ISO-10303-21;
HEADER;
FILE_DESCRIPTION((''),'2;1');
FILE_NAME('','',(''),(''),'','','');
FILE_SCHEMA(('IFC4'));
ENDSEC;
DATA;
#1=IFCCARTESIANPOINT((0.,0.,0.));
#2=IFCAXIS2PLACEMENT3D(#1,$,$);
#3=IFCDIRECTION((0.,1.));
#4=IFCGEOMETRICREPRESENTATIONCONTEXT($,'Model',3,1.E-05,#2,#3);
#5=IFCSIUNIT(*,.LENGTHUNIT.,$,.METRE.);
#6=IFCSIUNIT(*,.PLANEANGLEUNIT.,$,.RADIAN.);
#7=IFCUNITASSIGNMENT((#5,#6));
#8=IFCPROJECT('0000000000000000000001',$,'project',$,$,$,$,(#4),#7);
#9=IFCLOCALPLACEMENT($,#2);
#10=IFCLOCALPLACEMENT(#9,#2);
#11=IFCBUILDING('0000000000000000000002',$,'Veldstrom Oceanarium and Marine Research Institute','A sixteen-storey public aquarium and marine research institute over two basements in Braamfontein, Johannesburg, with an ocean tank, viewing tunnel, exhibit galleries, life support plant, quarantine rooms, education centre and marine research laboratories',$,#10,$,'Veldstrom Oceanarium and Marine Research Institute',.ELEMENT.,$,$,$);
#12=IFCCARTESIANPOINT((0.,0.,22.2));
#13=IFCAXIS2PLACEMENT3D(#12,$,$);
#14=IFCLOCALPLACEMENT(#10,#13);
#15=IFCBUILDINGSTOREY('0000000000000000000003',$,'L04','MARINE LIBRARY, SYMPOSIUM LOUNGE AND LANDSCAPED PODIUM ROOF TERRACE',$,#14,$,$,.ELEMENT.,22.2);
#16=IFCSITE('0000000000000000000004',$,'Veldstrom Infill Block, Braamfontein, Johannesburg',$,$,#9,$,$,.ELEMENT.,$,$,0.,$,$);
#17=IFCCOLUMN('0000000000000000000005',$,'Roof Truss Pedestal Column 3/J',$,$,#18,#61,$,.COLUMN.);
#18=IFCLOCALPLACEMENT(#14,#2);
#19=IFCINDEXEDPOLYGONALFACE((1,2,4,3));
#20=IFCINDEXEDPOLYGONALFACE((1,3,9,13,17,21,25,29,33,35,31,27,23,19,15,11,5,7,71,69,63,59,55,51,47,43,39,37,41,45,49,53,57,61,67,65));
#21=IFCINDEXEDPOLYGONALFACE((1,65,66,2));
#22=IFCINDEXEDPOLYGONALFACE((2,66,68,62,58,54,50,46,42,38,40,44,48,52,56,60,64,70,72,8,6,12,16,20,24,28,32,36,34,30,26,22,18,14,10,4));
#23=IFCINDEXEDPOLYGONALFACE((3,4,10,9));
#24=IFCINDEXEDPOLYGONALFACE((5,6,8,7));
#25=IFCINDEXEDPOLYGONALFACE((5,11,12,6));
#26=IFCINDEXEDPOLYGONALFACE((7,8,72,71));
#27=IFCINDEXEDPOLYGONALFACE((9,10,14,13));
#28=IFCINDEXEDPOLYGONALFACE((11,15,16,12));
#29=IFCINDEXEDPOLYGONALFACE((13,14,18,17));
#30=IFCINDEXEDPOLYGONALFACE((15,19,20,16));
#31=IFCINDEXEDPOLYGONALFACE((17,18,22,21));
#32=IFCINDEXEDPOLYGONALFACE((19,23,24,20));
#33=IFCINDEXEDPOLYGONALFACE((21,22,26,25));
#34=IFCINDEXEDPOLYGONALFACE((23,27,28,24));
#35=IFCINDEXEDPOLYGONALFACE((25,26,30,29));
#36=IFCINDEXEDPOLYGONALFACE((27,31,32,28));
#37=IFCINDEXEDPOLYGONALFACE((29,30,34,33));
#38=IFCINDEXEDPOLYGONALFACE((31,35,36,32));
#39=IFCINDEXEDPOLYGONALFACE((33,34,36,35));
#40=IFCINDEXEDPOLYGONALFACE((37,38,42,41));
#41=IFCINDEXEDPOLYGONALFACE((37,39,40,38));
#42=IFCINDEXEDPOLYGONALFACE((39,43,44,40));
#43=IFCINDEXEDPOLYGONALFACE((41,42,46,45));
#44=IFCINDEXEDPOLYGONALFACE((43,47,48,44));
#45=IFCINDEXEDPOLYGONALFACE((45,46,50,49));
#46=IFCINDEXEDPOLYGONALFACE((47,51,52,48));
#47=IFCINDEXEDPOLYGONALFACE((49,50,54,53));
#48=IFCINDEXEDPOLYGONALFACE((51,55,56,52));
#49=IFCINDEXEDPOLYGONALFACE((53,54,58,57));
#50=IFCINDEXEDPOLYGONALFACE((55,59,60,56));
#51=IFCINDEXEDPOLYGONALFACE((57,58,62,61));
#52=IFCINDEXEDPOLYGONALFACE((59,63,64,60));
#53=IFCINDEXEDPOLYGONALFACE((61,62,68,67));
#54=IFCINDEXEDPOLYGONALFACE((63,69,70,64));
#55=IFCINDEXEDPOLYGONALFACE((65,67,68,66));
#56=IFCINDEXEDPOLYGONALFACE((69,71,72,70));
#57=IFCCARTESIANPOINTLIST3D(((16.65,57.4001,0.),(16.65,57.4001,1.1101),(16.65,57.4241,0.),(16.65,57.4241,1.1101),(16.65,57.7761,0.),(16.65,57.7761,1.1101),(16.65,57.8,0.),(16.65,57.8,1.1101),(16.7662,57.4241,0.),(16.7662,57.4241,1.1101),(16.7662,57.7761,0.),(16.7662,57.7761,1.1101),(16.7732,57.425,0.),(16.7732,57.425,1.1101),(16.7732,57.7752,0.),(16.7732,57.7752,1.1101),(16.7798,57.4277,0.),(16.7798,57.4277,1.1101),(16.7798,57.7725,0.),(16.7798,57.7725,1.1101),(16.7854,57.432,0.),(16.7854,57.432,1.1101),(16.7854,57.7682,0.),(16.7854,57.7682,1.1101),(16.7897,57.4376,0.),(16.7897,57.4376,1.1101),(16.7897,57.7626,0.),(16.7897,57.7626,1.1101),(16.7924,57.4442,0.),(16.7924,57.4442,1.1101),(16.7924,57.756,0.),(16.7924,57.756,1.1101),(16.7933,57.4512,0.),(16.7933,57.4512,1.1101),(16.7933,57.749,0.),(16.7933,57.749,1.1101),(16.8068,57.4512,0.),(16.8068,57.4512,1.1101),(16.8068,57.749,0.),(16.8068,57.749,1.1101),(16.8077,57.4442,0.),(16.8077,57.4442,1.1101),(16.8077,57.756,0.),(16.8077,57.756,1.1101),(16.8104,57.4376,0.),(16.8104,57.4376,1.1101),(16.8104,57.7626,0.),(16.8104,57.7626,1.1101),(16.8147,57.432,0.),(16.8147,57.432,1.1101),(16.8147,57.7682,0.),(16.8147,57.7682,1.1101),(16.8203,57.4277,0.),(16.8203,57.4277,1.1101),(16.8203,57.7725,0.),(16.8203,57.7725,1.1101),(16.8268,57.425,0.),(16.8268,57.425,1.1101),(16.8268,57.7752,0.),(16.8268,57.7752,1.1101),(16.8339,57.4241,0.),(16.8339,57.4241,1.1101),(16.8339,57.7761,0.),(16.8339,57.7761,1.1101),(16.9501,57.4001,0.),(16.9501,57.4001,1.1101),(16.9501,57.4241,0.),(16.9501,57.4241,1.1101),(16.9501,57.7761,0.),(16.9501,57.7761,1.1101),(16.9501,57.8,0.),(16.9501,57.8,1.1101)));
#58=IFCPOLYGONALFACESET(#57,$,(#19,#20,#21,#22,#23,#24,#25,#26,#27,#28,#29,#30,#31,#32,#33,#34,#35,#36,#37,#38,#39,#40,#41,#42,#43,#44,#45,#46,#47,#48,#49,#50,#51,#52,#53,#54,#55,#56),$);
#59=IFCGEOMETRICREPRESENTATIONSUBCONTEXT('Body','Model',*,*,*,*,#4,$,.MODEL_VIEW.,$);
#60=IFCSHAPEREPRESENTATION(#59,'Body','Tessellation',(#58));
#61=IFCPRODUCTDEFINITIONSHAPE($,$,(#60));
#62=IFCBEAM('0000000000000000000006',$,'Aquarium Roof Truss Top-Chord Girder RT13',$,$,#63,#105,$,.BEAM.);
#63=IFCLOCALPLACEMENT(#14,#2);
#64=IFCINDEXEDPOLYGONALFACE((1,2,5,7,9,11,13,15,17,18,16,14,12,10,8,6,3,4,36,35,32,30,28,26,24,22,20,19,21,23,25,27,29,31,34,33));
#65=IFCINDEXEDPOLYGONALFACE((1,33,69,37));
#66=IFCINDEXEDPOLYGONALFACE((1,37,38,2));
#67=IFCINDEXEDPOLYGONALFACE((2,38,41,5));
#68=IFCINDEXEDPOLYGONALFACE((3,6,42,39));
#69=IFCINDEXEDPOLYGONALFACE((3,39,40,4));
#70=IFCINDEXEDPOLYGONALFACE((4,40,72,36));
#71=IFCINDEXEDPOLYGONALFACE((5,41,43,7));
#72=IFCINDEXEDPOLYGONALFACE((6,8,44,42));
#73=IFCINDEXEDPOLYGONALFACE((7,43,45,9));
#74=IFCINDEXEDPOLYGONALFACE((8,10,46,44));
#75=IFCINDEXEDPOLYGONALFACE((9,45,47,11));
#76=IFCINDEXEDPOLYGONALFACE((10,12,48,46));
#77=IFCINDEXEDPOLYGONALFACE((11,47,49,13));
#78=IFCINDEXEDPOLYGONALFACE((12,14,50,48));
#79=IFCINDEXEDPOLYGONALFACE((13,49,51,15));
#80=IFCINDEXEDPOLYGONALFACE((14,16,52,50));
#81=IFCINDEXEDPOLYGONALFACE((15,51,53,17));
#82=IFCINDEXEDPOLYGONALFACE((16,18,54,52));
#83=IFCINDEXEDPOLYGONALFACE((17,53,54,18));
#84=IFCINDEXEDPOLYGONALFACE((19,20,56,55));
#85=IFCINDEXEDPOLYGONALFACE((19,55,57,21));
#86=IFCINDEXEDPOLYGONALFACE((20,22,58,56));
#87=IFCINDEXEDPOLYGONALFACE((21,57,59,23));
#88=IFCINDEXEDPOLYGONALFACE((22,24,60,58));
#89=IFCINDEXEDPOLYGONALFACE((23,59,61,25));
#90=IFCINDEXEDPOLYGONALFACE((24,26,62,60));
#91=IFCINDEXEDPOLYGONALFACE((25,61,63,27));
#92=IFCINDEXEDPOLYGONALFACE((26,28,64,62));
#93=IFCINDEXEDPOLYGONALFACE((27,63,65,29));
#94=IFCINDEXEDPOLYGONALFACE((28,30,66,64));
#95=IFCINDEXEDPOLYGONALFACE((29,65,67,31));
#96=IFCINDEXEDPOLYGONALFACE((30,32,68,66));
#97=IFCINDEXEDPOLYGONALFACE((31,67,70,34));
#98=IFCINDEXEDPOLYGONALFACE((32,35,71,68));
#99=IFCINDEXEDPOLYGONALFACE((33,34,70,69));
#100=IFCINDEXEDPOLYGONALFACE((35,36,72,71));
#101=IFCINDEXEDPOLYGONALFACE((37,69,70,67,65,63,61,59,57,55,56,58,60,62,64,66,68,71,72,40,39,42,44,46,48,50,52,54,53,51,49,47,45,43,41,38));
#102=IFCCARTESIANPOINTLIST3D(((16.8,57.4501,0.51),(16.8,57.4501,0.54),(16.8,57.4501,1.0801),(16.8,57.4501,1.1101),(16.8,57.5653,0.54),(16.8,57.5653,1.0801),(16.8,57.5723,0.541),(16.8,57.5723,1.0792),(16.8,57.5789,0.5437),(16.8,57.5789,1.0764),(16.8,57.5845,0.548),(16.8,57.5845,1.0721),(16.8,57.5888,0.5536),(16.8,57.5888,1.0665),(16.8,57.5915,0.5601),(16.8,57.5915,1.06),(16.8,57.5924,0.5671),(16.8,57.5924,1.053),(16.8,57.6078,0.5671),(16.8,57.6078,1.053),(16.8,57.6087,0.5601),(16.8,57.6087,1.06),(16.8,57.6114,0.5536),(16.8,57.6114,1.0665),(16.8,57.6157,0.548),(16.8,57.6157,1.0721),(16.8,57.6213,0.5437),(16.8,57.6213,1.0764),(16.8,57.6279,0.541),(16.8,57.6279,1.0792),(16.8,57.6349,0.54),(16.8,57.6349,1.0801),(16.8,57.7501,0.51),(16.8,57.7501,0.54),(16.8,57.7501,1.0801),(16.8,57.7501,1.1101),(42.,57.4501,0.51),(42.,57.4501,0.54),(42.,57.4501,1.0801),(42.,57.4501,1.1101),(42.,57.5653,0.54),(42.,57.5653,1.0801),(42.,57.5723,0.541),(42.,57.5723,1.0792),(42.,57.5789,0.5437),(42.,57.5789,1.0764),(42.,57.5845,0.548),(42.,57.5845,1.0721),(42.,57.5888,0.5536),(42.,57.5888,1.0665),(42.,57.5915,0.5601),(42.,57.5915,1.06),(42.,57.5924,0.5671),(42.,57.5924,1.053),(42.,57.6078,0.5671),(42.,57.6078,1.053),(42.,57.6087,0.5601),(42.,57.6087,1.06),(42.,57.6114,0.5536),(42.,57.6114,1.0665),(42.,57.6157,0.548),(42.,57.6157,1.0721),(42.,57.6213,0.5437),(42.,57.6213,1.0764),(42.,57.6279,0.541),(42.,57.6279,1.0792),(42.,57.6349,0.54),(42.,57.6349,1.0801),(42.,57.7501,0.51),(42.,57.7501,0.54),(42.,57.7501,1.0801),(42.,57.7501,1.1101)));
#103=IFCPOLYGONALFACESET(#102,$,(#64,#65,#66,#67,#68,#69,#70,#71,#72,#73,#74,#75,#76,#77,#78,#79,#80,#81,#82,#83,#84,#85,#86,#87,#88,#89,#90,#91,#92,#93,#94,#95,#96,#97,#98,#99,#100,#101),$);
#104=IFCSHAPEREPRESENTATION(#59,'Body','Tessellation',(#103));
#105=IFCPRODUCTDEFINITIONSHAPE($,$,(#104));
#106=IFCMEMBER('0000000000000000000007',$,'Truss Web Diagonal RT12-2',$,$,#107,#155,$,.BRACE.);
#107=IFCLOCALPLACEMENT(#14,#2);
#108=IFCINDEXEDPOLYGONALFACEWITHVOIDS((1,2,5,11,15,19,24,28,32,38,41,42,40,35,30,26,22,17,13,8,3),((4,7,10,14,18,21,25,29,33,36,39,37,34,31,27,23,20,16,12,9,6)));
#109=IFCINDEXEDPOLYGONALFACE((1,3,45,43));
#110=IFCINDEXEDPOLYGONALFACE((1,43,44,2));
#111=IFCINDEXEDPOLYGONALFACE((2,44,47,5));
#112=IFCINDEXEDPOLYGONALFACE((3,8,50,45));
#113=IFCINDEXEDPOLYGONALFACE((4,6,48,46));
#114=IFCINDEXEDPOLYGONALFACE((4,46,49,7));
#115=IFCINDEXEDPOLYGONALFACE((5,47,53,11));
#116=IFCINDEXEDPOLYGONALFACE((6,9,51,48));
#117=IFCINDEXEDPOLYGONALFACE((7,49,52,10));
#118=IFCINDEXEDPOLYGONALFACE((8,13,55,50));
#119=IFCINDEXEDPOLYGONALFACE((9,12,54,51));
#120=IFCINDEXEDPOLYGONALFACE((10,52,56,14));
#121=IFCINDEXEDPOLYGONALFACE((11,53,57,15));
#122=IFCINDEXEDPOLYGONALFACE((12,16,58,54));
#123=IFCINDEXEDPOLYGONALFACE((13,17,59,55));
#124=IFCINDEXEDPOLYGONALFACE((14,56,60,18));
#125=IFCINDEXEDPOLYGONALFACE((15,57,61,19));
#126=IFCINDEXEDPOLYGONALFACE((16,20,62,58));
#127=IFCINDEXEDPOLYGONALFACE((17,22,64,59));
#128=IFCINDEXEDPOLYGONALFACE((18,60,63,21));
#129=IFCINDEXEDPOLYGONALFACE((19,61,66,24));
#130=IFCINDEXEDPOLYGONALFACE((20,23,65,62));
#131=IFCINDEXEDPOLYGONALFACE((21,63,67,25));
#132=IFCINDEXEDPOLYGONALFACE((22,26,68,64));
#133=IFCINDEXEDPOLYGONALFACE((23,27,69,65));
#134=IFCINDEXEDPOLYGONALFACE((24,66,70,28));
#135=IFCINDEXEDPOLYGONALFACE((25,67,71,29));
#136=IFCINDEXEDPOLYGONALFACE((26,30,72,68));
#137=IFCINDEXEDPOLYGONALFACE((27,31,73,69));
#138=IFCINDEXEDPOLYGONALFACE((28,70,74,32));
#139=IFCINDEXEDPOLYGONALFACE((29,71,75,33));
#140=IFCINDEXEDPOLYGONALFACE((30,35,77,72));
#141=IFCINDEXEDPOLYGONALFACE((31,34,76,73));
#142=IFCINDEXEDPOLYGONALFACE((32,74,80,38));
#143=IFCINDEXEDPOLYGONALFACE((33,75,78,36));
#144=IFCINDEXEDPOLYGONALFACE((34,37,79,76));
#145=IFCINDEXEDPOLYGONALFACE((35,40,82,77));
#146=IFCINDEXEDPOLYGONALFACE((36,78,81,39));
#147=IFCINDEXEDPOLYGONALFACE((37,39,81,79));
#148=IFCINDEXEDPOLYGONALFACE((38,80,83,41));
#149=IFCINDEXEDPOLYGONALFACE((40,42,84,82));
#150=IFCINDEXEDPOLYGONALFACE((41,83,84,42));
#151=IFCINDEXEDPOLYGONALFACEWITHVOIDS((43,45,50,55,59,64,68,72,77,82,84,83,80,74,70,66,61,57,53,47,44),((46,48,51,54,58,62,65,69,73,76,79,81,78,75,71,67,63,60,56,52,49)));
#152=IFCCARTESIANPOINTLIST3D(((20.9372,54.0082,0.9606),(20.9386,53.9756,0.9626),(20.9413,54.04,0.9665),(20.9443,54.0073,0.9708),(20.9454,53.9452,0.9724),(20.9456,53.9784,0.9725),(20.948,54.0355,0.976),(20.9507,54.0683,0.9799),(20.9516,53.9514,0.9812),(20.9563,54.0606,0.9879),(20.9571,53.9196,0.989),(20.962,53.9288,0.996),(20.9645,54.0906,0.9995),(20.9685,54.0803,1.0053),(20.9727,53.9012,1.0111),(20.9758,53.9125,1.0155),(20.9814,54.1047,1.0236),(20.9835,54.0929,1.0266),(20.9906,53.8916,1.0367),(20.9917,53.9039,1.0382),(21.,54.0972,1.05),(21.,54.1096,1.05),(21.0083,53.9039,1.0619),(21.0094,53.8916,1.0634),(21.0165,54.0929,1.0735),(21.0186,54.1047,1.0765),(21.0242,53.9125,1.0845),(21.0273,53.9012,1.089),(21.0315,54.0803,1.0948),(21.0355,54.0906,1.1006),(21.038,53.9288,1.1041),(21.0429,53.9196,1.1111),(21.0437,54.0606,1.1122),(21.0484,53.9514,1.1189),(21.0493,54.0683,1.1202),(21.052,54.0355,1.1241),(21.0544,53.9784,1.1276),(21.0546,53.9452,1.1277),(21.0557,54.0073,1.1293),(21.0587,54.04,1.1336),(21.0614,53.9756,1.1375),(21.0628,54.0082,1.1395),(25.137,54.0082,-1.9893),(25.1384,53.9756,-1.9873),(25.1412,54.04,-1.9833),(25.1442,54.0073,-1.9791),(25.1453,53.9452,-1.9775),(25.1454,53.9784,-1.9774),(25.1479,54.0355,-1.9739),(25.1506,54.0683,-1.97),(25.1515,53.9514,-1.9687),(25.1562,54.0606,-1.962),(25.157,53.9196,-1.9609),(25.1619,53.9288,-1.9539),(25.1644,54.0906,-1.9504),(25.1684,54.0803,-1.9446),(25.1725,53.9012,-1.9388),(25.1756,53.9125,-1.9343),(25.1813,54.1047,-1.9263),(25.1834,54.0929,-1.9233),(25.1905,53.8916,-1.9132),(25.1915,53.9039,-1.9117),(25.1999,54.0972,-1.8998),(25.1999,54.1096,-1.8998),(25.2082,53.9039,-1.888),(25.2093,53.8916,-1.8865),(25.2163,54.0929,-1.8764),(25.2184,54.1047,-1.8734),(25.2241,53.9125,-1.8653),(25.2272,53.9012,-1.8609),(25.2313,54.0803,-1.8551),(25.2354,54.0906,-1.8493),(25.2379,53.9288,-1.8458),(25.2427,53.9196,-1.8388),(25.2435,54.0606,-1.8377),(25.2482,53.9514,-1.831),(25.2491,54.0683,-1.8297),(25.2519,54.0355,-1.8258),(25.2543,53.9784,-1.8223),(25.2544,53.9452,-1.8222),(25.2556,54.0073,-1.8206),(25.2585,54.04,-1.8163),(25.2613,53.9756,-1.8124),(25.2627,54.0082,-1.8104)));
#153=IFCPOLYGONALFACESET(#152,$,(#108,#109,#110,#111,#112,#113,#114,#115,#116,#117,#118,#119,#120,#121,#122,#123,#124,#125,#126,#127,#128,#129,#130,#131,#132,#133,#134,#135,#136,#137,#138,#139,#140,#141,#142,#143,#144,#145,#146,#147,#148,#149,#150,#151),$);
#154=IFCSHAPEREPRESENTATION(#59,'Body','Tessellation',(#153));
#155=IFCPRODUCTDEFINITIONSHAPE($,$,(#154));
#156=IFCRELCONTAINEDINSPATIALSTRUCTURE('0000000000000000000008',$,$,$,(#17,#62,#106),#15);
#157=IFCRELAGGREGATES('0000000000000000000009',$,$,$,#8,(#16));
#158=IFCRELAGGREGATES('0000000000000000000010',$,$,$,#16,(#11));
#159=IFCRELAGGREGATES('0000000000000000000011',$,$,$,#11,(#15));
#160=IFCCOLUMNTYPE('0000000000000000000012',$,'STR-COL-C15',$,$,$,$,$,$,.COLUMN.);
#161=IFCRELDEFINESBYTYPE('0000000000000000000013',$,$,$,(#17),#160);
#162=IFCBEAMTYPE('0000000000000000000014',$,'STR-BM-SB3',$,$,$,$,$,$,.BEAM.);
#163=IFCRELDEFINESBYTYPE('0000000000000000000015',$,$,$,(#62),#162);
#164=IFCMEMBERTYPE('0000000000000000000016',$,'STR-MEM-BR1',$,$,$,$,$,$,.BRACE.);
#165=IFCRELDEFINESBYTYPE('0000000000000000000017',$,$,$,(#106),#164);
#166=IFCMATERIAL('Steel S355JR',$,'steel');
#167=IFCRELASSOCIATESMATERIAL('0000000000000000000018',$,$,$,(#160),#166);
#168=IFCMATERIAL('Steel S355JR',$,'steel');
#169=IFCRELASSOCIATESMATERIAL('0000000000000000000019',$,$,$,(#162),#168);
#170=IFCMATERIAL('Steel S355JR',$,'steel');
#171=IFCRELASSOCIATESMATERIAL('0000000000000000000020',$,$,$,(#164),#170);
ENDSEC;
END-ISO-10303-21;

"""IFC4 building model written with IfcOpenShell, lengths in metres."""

from ifc_helpers import new_model, si_unit, direction, frame, origin, origin_2d, place, context, subcontext, project, spatial, hollow_circle, i_section, extrude, material, material_profile, profile_set, type_object, element, save


model = new_model("IFC4")

# Units and contexts
model_context = context("Model", 3, precision=1e-05, world=origin(), true_north=direction((0.0, 1.0)))
body_context = subcontext(model_context, "Body", "Model", "MODEL_VIEW")
ifc_project = project(units=[si_unit("LENGTHUNIT", "METRE"), si_unit("PLANEANGLEUNIT", "RADIAN")], contexts=[model_context])

# Site, building, storey
site_placement = place(None, origin())
site = spatial("IfcSite", under=ifc_project, at=site_placement, Name="Veldstrom Infill Block, Braamfontein, Johannesburg", CompositionType="ELEMENT", RefElevation=0.0)
building_placement = place(site_placement, origin())
building = spatial("IfcBuilding", under=site, at=building_placement, Name="Veldstrom Oceanarium and Marine Research Institute", Description="A sixteen-storey public aquarium and marine research institute over two basements in Braamfontein, Johannesburg, with an ocean tank, viewing tunnel, exhibit galleries, life support plant, quarantine rooms, education centre and marine research laboratories", LongName="Veldstrom Oceanarium and Marine Research Institute", CompositionType="ELEMENT")
storey_placement = place(building_placement, frame((0.0, 0.0, 22.2)))
storey = spatial("IfcBuildingStorey", under=building, at=storey_placement, Name="L04", Description="MARINE LIBRARY, SYMPOSIUM LOUNGE AND LANDSCAPED PODIUM ROOF TERRACE", CompositionType="ELEMENT", Elevation=22.2)

# Column
ifc_material_1 = material(Name="Steel S355JR", Category="steel")
ifc_material_profile_1 = material_profile(ifc_material_1, i_section(OverallWidth=0.3, OverallDepth=0.3999, WebThickness=0.0134, FlangeThickness=0.0239, FilletRadius=0.0271, at=origin_2d()), Name="HEB 400")
ifc_profile_set_1 = profile_set([ifc_material_profile_1], Name="Steel S355JR")
column_type = type_object("IfcColumnType", Name="STR-COL-C15", PredefinedType="COLUMN", material=ifc_profile_set_1)
column_placement = place(storey_placement, frame((16.8, 57.6001, 0.0), z_axis=(0.0, 0.0, 1.0), x_axis=(1.0, 0.0, 0.0)))
element("IfcColumn", 1, at=column_placement, inside=storey, type_object=column_type, Name="Roof Truss Pedestal Column 3/J", PredefinedType="COLUMN", context=body_context, shape_type="SweptSolid", body=[
    extrude(i_section(OverallWidth=0.3, OverallDepth=0.3999, WebThickness=0.0134, FlangeThickness=0.0239, FilletRadius=0.0271, at=origin_2d()), origin(), (0.0, 0.0, 1.0), 1.1101),
])

# Beam
ifc_material_2 = material(Name="Steel S355JR", Category="steel")
ifc_material_profile_2 = material_profile(ifc_material_2, i_section(OverallWidth=0.3, OverallDepth=0.6001, WebThickness=0.0154, FlangeThickness=0.03, FilletRadius=0.0271, at=origin_2d()), Name="HEB 600")
ifc_profile_set_2 = profile_set([ifc_material_profile_2], Name="Steel S355JR")
beam_type = type_object("IfcBeamType", Name="STR-BM-SB3", PredefinedType="BEAM", material=ifc_profile_set_2)
beam_placement = place(storey_placement, frame((16.8, 57.6001, 0.8101), z_axis=(1.0, 0.0, 0.0), x_axis=(0.0, 1.0, 0.0)))
element("IfcBeam", 2, at=beam_placement, inside=storey, type_object=beam_type, Name="Aquarium Roof Truss Top-Chord Girder RT13", PredefinedType="BEAM", context=body_context, shape_type="SweptSolid", body=[
    extrude(i_section(OverallWidth=0.3, OverallDepth=0.6001, WebThickness=0.0154, FlangeThickness=0.03, FilletRadius=0.0271, at=origin_2d()), origin(), (0.0, 0.0, 1.0), 25.2),
])

# Member
ifc_material_3 = material(Name="Steel S355JR", Category="steel")
ifc_material_profile_3 = material_profile(ifc_material_3, hollow_circle(Radius=0.1096, WallThickness=0.0125, at=origin_2d()), Name="CHS 219.1x12.5")
ifc_profile_set_3 = profile_set([ifc_material_profile_3], Name="Steel S355JR")
member_type_1 = type_object("IfcMemberType", Name="STR-MEM-BR1", PredefinedType="BRACE", material=ifc_profile_set_3)
member_1_placement = place(storey_placement, frame((21.0, 54.0, 1.05), z_axis=(0.818317, 0.0, -0.574767), x_axis=(0.0, 1.0, 0.0)))
element("IfcMember", 3, at=member_1_placement, inside=storey, type_object=member_type_1, Name="Truss Web Diagonal RT12-2", PredefinedType="BRACE", context=body_context, shape_type="SweptSolid", body=[
    extrude(hollow_circle(Radius=0.1096, WallThickness=0.0125, at=origin_2d()), origin(), (0.0, 0.0, 1.0), 5.1323),
])

save(model, "model.ifc")
